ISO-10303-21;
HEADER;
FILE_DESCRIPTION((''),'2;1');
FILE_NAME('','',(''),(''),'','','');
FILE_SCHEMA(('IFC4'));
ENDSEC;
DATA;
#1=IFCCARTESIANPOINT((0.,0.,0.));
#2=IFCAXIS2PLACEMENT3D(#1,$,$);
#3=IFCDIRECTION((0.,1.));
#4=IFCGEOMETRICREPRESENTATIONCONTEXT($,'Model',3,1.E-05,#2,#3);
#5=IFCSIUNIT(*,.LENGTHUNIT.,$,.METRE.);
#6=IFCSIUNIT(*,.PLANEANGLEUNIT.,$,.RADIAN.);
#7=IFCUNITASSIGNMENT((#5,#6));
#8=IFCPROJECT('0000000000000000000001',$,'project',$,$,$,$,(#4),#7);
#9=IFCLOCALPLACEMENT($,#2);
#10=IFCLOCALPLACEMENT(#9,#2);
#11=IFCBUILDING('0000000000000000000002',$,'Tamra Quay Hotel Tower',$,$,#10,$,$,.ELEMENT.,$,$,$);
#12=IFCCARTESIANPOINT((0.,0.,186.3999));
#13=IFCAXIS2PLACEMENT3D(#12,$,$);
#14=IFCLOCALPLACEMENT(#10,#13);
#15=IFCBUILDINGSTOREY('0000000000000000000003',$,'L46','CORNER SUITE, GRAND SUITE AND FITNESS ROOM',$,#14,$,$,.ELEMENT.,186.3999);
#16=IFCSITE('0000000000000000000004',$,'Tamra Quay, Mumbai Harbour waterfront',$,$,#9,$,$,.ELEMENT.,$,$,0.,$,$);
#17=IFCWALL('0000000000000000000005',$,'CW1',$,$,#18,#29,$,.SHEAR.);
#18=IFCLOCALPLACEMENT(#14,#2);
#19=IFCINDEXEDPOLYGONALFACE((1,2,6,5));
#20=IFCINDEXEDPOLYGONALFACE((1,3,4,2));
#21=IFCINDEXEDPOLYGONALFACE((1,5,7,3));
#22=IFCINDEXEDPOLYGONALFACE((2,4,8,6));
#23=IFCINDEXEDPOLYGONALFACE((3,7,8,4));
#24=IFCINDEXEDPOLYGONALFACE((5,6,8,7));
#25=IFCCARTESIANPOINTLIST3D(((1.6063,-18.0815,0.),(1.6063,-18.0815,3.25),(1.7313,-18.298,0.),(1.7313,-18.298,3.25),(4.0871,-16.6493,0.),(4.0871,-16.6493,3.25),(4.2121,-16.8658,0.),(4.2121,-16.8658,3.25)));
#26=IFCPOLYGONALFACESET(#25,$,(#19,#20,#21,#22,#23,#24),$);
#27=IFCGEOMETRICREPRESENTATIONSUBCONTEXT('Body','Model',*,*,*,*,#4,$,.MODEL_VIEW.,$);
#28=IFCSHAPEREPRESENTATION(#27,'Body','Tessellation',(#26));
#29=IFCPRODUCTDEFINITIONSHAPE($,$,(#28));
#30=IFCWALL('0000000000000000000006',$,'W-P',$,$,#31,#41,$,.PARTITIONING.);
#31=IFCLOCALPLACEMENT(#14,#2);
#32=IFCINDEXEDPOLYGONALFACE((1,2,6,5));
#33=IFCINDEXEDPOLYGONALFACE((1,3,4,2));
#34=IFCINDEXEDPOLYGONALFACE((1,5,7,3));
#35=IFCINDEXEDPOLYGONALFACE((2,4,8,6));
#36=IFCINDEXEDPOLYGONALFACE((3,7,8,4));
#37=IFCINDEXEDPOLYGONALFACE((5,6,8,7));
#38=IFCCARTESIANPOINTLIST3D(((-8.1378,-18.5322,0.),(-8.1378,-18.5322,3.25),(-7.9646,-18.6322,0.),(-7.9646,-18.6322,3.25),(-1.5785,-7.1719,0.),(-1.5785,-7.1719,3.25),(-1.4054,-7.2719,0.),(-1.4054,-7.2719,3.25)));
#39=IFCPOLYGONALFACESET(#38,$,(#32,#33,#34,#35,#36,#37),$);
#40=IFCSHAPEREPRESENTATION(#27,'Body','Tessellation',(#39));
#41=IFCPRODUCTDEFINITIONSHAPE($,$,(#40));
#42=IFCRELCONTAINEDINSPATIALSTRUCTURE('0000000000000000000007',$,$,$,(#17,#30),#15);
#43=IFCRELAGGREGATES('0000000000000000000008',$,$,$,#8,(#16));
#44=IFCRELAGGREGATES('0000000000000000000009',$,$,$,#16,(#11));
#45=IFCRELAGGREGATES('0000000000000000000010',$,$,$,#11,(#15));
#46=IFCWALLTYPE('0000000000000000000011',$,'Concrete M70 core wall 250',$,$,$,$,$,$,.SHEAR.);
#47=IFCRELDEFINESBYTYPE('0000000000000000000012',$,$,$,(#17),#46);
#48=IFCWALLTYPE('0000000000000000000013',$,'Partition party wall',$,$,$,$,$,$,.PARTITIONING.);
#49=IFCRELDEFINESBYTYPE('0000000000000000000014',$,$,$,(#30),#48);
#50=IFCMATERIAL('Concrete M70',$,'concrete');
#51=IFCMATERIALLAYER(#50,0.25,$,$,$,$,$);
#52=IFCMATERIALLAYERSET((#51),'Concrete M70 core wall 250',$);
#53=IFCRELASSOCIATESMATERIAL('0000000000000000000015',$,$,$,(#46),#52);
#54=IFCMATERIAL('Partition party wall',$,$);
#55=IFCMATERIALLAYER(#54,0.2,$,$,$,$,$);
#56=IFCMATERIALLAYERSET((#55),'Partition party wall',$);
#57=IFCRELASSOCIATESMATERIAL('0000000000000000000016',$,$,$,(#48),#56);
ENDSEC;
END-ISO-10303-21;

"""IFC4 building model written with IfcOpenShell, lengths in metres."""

from ifc_helpers import new_model, si_unit, direction, frame, frame_2d, origin, place, context, subcontext, project, spatial, rectangle, extrude, material, layer, layer_set, type_object, element, save


model = new_model("IFC4")

# Units and contexts
model_context = context("Model", 3, precision=1e-05, world=origin(), true_north=direction((0.0, 1.0)))
body_context = subcontext(model_context, "Body", "Model", "MODEL_VIEW")
ifc_project = project(units=[si_unit("LENGTHUNIT", "METRE"), si_unit("PLANEANGLEUNIT", "RADIAN")], contexts=[model_context])

# Site, building, storey
site_placement = place(None, origin())
site = spatial("IfcSite", under=ifc_project, at=site_placement, Name="Tamra Quay, Mumbai Harbour waterfront", CompositionType="ELEMENT", RefElevation=0.0)
building_placement = place(site_placement, origin())
building = spatial("IfcBuilding", under=site, at=building_placement, Name="Tamra Quay Hotel Tower", CompositionType="ELEMENT")
storey_placement = place(building_placement, frame((0.0, 0.0, 186.3999)))
storey = spatial("IfcBuildingStorey", under=building, at=storey_placement, Name="L46", Description="CORNER SUITE, GRAND SUITE AND FITNESS ROOM", CompositionType="ELEMENT", Elevation=186.3999)

# Shared definitions
ifc_material_1 = material(Name="Concrete M70", Category="concrete")

# Walls
ifc_layer_1 = layer(ifc_material_1, 0.25)
ifc_layer_set_1 = layer_set([ifc_layer_1], Name="Concrete M70 core wall 250")
wall_type_1 = type_object("IfcWallType", Name="Concrete M70 core wall 250", PredefinedType="SHEAR", material=ifc_layer_set_1)
wall_1_placement = place(storey_placement, frame((1.6689, -18.1897, 0.0), z_axis=(0.0, 0.0, 1.0), x_axis=(0.866042, 0.499971, 0.0)))
element("IfcWall", 1, at=wall_1_placement, inside=storey, type_object=wall_type_1, Name="CW1", PredefinedType="SHEAR", context=body_context, shape_type="SweptSolid", body=[
    extrude(rectangle(XDim=2.8645, YDim=0.25, at=frame_2d((1.4321, 0.0))), origin(), (0.0, 0.0, 1.0), 3.25),
])
ifc_material_2 = material(Name="Partition party wall")
ifc_layer_2 = layer(ifc_material_2, 0.2)
ifc_layer_set_2 = layer_set([ifc_layer_2], Name="Partition party wall")
wall_type_2 = type_object("IfcWallType", Name="Partition party wall", PredefinedType="PARTITIONING", material=ifc_layer_set_2)
wall_2_placement = place(storey_placement, frame((-8.0513, -18.5823, 0.0), z_axis=(0.0, 0.0, 1.0), x_axis=(0.500024, 0.866011, 0.0)))
element("IfcWall", 2, at=wall_2_placement, inside=storey, type_object=wall_type_2, Name="W-P", PredefinedType="PARTITIONING", context=body_context, shape_type="SweptSolid", body=[
    extrude(rectangle(XDim=13.1179, YDim=0.2, at=frame_2d((6.5591, 0.0))), origin(), (0.0, 0.0, 1.0), 3.25),
])

save(model, "model.ifc")
